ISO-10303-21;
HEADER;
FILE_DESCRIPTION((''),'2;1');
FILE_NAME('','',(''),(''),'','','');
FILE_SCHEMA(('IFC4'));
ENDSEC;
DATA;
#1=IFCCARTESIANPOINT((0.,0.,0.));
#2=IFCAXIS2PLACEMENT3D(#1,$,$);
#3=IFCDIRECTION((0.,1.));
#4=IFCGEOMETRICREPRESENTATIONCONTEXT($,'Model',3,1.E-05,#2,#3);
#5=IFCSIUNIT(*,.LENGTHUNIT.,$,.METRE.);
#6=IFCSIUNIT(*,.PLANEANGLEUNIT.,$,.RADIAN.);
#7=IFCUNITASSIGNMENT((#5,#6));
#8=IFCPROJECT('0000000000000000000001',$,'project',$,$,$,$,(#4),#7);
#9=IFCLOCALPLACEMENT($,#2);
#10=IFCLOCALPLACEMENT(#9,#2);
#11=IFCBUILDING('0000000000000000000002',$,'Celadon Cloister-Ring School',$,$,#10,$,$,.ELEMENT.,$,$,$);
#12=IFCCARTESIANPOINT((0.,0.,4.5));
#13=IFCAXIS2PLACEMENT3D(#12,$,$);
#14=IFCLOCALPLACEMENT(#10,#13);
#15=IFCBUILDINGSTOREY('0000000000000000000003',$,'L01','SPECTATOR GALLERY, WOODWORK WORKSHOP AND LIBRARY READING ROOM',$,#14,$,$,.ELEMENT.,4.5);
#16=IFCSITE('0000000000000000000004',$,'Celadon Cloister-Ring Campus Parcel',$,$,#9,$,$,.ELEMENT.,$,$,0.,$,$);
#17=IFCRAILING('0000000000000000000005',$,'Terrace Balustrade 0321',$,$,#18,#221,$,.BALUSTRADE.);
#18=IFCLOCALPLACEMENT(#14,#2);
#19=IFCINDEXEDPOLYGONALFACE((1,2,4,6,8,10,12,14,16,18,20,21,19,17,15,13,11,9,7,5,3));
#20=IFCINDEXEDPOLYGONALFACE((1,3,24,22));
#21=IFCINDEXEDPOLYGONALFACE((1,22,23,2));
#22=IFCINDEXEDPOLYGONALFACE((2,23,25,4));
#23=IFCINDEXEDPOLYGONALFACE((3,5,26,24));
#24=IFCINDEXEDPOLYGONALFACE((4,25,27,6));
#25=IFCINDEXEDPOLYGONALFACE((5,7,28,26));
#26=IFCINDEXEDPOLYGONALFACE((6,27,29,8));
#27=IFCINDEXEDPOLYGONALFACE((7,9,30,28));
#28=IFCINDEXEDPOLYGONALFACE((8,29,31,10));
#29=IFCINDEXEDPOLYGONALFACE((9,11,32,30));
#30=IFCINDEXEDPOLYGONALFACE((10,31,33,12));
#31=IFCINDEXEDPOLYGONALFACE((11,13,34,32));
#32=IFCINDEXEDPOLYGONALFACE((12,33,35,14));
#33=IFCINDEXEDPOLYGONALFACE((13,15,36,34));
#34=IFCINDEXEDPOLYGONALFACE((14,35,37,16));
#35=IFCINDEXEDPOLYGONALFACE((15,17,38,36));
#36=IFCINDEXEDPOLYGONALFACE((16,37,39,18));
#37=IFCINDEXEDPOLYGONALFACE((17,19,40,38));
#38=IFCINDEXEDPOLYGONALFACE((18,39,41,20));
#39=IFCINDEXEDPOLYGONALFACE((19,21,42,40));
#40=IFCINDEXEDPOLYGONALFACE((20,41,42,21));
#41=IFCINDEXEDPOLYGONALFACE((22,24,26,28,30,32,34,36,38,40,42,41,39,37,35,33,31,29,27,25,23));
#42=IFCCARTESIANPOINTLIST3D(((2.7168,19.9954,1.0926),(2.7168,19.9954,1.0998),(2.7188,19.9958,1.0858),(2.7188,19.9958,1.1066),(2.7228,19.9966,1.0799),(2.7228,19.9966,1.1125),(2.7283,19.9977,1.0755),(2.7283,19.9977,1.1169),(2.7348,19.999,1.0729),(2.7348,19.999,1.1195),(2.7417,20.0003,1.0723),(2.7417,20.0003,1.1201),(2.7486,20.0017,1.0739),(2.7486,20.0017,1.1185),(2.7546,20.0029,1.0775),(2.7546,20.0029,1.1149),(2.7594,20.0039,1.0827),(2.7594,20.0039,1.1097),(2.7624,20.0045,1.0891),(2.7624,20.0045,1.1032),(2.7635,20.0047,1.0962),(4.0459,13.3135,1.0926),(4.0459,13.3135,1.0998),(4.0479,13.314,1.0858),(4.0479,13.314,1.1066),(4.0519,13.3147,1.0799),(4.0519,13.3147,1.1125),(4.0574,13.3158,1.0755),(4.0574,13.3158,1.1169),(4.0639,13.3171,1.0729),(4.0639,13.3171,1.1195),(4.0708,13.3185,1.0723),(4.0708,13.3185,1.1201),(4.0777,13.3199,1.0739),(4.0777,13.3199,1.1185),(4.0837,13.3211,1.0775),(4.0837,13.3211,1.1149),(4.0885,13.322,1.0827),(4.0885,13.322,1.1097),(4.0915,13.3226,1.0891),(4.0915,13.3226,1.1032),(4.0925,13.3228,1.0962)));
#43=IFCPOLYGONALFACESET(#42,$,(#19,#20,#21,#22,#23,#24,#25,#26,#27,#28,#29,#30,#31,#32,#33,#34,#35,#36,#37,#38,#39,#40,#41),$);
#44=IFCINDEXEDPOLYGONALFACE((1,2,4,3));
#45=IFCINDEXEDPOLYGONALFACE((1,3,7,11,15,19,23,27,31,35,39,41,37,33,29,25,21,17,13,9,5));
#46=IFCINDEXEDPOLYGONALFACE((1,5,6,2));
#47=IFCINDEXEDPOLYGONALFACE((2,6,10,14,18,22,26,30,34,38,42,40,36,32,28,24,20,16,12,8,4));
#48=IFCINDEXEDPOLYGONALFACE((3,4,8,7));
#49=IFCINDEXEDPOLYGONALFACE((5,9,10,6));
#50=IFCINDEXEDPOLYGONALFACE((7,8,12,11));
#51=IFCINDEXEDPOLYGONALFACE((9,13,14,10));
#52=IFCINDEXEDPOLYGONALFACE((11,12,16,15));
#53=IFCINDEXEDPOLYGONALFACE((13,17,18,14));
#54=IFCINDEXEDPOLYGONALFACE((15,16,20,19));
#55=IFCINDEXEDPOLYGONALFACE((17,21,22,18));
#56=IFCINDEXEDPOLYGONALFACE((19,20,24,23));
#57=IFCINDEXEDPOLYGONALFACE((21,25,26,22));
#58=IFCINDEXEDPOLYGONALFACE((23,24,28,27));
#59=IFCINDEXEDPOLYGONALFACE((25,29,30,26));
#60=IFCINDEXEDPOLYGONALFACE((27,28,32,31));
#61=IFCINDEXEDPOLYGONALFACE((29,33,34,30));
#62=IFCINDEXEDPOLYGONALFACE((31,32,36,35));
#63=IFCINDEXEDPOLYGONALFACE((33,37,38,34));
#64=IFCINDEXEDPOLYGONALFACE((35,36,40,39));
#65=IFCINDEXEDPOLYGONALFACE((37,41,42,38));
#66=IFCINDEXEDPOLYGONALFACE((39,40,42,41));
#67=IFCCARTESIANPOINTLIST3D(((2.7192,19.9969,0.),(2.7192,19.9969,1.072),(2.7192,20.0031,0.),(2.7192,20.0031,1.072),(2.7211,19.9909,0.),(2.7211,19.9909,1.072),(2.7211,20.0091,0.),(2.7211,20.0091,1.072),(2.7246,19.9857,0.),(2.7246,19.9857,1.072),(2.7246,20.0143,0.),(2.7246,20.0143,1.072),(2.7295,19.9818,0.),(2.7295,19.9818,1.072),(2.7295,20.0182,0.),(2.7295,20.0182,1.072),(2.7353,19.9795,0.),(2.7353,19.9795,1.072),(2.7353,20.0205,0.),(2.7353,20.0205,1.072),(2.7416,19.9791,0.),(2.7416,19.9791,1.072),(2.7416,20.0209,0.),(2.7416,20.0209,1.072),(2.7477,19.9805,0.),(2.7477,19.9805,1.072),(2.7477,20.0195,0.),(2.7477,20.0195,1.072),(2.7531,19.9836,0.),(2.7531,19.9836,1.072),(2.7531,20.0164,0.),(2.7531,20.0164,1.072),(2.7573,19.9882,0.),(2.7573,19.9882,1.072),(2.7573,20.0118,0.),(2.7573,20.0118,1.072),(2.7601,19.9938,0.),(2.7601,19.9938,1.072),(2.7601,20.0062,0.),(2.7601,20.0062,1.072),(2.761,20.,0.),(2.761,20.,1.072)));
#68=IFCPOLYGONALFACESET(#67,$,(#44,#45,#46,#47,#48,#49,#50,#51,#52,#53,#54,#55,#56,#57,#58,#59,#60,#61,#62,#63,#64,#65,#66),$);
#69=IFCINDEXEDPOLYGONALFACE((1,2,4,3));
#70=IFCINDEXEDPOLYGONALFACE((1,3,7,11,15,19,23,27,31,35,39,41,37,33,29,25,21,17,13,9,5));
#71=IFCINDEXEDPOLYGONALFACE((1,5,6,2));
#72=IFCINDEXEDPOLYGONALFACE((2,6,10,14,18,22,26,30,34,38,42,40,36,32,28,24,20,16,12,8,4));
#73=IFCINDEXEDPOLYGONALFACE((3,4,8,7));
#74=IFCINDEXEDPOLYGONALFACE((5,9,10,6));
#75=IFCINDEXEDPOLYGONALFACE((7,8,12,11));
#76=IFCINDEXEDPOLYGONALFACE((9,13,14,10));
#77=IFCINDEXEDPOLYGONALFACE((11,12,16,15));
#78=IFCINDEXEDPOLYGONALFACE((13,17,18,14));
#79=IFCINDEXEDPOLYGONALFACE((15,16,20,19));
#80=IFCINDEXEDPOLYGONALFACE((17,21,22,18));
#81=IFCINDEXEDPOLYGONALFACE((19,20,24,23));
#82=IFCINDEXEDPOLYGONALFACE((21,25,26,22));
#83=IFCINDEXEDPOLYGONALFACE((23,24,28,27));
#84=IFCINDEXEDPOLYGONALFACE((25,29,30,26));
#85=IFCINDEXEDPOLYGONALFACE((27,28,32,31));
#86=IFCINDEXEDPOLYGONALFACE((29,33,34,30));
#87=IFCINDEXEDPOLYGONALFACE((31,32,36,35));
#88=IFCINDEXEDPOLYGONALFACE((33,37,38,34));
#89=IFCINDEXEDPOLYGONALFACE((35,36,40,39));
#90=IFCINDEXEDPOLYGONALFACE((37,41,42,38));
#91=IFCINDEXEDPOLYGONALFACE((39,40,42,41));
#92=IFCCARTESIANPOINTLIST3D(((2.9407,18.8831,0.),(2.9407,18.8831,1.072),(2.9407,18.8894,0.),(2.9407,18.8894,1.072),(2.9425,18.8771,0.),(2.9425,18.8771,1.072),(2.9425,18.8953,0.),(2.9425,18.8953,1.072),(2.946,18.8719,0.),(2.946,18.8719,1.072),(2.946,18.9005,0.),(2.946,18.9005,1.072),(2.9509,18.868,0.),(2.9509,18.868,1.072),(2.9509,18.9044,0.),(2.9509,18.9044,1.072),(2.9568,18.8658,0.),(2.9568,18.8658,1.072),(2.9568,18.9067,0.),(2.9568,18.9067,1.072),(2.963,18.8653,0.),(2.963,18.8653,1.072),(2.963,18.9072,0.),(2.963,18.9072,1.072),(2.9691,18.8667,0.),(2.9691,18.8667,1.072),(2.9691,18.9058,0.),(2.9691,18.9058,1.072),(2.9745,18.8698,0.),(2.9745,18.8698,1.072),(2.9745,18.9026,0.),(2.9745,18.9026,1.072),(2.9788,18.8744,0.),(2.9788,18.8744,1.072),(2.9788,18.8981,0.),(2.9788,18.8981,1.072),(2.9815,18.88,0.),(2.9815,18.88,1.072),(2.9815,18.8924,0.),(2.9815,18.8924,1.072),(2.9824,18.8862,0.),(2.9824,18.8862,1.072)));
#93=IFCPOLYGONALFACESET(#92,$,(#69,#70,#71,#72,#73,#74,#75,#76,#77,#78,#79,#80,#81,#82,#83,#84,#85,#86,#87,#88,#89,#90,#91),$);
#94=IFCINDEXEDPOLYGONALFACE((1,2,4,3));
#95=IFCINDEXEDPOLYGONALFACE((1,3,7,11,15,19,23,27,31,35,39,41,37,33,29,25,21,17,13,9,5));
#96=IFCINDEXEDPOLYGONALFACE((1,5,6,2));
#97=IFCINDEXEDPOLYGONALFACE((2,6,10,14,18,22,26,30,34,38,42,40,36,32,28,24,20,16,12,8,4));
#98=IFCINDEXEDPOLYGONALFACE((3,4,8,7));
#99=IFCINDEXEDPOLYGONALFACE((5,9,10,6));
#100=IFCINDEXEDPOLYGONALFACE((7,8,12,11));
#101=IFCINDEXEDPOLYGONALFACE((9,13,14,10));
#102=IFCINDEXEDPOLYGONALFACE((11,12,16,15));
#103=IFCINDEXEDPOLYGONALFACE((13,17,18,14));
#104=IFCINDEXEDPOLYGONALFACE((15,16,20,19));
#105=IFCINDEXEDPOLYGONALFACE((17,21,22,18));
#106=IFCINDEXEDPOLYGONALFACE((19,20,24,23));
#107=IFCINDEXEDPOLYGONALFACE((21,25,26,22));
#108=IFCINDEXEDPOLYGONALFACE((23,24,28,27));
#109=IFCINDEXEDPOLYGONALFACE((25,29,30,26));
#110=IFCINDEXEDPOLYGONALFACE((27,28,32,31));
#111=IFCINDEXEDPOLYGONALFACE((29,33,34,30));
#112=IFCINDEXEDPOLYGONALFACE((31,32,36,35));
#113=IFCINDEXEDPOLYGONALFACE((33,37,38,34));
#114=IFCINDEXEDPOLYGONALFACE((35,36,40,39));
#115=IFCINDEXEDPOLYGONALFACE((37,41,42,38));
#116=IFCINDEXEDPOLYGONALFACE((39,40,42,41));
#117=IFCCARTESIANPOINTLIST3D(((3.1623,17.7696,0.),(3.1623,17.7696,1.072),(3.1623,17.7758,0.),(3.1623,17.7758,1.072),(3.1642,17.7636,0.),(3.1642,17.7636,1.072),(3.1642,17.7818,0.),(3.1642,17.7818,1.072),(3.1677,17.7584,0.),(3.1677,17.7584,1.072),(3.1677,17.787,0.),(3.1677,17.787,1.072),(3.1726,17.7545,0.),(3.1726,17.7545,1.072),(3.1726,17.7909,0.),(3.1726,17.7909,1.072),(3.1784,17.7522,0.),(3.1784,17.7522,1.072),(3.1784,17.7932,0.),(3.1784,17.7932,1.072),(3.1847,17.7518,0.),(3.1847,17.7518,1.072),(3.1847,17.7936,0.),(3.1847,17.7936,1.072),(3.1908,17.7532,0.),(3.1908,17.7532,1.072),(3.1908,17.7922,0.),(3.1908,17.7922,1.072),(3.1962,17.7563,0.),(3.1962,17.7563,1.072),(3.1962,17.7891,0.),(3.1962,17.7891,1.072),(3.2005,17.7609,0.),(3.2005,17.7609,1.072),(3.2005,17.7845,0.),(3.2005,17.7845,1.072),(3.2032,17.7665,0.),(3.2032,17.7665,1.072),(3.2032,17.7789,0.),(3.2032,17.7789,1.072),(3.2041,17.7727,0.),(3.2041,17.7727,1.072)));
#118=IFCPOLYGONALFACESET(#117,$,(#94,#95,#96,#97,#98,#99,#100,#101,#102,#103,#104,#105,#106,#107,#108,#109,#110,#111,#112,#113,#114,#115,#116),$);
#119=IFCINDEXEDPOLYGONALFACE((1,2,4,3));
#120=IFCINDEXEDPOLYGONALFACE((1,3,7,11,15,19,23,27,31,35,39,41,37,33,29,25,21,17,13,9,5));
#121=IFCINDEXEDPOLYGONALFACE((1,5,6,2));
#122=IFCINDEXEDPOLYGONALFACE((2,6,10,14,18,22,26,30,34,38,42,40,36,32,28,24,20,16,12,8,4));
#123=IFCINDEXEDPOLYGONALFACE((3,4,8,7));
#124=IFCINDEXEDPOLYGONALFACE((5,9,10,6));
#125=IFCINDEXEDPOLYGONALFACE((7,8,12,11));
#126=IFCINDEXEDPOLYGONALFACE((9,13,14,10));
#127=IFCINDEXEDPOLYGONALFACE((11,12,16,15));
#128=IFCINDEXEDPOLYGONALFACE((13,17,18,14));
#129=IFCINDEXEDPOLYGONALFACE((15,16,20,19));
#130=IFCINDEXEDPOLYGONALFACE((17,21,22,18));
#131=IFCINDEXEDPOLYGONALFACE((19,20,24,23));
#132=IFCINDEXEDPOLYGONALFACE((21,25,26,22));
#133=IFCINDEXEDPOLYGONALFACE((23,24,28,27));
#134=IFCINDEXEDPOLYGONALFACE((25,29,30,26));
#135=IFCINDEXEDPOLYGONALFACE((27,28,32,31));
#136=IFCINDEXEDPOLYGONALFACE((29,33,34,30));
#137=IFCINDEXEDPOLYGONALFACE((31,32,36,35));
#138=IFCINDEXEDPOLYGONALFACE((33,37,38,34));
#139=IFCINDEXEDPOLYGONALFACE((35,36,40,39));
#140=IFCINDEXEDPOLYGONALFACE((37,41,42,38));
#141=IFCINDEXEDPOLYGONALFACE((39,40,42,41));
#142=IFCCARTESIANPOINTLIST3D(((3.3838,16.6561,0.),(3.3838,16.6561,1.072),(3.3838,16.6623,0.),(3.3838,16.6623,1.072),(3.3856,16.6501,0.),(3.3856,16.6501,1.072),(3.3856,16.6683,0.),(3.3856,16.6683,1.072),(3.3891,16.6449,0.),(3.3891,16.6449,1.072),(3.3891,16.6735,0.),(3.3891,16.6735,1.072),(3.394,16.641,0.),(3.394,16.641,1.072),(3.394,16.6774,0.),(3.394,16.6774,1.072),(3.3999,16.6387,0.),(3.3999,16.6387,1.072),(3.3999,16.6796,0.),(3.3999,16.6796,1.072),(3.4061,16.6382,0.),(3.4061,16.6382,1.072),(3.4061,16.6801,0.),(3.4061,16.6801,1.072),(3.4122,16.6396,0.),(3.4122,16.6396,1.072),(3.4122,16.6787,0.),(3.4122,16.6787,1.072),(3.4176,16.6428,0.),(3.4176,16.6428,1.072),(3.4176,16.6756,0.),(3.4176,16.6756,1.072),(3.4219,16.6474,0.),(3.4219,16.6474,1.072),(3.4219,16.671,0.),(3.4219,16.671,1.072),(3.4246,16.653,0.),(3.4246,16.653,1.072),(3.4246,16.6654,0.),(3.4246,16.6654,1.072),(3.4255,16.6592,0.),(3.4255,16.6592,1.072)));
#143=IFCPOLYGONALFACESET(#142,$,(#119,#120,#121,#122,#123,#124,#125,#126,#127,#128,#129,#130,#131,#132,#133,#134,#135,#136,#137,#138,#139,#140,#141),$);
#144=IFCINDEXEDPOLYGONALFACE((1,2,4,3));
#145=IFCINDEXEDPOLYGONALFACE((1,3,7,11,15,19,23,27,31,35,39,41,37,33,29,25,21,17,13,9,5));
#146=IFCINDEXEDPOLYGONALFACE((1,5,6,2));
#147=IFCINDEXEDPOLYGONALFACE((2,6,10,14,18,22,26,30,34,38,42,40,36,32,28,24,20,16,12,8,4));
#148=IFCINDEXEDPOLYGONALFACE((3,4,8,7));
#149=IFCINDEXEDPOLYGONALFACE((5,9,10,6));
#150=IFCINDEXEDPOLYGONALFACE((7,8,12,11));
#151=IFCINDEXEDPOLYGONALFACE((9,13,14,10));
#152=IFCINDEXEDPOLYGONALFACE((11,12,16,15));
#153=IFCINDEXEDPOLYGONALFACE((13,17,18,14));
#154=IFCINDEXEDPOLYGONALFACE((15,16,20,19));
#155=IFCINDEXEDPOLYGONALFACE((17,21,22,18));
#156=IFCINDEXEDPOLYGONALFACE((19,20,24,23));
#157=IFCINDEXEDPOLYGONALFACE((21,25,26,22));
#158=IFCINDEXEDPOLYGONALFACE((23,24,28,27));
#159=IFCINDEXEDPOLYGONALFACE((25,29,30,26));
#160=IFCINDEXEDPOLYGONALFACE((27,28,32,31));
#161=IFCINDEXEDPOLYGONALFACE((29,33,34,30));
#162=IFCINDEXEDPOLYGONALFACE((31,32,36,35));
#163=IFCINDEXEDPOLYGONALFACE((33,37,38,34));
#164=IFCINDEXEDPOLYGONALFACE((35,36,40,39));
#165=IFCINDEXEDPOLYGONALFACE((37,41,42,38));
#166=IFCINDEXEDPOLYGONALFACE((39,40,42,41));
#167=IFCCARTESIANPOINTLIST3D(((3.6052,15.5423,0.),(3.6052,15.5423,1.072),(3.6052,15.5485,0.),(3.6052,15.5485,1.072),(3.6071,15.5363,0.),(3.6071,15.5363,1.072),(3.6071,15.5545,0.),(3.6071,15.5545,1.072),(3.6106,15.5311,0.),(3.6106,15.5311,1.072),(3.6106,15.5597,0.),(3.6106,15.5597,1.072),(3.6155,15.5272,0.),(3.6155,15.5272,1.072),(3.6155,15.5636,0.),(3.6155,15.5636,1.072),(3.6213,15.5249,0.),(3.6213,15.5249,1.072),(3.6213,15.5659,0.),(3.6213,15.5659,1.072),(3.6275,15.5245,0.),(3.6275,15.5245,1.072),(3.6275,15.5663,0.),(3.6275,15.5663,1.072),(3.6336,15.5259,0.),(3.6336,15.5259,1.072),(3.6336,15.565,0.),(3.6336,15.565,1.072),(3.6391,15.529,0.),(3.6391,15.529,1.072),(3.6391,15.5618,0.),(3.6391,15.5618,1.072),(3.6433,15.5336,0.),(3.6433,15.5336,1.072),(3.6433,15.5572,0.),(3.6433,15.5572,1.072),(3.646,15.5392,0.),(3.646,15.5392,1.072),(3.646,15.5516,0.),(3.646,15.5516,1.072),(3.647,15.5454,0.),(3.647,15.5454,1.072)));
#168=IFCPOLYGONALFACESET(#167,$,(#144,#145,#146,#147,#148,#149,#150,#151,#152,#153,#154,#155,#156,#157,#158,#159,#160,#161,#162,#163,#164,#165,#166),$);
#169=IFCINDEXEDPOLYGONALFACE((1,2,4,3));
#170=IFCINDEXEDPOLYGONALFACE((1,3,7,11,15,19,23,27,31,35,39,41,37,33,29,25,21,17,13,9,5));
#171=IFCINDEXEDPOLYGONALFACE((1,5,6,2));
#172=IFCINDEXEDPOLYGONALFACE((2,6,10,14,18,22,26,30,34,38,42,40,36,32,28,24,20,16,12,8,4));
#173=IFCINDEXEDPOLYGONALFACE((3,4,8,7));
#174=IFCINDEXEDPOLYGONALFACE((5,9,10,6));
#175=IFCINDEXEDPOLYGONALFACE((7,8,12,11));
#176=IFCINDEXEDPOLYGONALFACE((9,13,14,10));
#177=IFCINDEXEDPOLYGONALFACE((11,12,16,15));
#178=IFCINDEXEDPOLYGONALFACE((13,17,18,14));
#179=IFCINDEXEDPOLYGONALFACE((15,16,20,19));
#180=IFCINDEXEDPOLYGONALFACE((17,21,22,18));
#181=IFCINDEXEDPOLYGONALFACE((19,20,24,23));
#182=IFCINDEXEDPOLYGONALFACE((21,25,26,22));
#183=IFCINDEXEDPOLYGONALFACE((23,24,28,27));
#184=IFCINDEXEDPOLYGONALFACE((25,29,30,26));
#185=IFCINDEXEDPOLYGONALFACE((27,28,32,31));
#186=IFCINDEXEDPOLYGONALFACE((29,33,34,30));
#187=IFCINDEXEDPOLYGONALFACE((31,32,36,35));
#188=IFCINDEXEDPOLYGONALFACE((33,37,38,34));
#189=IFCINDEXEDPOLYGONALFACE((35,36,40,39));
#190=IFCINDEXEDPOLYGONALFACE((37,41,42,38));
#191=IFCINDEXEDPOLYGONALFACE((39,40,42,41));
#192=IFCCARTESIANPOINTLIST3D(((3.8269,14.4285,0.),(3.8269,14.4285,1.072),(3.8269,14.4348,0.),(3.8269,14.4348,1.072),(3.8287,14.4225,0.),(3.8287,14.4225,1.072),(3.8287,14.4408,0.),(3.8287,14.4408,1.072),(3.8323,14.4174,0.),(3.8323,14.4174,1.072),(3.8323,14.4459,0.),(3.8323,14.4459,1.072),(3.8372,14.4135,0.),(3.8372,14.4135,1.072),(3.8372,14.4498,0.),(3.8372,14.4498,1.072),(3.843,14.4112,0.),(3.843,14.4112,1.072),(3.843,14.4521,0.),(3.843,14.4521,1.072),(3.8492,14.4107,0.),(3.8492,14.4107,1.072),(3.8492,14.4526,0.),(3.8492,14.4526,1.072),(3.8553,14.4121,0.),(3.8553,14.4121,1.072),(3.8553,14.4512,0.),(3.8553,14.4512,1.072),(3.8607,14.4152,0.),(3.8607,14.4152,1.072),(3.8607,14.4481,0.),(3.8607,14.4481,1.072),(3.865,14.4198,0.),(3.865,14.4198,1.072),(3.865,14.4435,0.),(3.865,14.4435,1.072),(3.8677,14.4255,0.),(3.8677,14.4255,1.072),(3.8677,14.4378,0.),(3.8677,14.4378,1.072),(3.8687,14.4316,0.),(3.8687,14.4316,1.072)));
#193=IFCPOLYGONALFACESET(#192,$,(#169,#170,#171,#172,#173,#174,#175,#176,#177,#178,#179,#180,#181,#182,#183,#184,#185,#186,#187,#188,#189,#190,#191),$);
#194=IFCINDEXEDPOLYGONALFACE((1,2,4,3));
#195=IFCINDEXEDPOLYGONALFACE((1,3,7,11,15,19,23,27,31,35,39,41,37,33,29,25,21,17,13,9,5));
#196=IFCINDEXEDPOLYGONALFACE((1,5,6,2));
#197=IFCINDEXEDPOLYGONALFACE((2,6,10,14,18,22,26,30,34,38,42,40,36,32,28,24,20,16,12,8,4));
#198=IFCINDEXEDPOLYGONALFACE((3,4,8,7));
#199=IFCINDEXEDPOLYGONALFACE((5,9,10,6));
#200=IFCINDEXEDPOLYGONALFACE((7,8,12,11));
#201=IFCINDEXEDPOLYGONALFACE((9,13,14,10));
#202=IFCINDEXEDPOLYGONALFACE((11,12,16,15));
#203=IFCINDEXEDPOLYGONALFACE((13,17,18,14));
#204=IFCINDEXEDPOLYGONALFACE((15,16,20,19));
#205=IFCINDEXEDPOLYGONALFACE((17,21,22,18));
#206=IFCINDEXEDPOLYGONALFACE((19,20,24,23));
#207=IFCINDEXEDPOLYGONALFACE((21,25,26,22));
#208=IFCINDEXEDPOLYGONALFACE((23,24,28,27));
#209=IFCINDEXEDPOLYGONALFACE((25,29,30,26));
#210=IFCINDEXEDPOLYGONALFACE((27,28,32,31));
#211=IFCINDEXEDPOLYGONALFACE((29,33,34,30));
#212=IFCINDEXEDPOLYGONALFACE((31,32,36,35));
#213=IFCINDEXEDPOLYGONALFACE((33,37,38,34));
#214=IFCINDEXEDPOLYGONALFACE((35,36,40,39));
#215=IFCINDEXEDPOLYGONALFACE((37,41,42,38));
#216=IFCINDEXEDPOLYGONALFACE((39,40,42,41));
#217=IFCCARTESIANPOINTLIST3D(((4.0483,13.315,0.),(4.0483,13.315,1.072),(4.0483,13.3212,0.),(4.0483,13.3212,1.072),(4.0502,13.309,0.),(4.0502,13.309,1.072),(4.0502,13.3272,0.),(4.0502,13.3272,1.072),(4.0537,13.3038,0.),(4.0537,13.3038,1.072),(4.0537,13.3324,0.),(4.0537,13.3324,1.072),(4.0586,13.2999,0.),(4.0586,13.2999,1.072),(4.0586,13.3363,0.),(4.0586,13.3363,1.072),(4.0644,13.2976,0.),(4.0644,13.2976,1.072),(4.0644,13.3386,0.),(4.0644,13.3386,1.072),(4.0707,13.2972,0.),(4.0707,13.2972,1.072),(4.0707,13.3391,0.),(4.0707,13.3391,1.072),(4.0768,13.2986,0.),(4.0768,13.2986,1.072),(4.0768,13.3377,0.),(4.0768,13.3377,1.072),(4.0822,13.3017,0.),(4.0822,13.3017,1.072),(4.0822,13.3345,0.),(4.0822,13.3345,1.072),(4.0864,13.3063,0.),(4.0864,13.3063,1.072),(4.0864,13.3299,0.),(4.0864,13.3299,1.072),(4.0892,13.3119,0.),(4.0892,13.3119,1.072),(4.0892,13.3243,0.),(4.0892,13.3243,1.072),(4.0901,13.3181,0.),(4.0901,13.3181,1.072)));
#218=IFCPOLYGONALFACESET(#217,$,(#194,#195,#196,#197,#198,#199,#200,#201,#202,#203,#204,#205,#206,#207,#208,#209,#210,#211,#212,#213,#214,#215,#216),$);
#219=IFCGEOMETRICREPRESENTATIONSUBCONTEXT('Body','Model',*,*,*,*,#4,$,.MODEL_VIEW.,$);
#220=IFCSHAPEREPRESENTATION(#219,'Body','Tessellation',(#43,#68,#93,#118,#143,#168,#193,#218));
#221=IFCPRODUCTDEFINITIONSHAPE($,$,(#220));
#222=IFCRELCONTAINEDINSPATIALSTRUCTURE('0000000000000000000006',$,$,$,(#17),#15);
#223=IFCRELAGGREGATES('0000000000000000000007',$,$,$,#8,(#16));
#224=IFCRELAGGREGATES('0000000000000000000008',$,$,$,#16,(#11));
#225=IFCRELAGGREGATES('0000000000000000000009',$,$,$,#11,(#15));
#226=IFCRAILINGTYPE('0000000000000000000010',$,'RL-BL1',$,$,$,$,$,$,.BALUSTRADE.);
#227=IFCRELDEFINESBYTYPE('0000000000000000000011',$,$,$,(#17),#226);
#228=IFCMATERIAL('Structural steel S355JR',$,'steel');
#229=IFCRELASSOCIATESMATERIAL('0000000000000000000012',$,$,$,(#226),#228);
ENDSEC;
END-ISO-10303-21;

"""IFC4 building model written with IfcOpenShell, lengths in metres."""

from ifc_helpers import new_model, si_unit, direction, frame, origin, origin_2d, place, context, subcontext, project, spatial, circle, extrude, material, type_object, element, save


model = new_model("IFC4")

# Units and contexts
model_context = context("Model", 3, precision=1e-05, world=origin(), true_north=direction((0.0, 1.0)))
body_context = subcontext(model_context, "Body", "Model", "MODEL_VIEW")
ifc_project = project(units=[si_unit("LENGTHUNIT", "METRE"), si_unit("PLANEANGLEUNIT", "RADIAN")], contexts=[model_context])

# Site, building, storey
site_placement = place(None, origin())
site = spatial("IfcSite", under=ifc_project, at=site_placement, Name="Celadon Cloister-Ring Campus Parcel", CompositionType="ELEMENT", RefElevation=0.0)
building_placement = place(site_placement, origin())
building = spatial("IfcBuilding", under=site, at=building_placement, Name="Celadon Cloister-Ring School", CompositionType="ELEMENT")
storey_placement = place(building_placement, frame((0.0, 0.0, 4.5)))
storey = spatial("IfcBuildingStorey", under=building, at=storey_placement, Name="L01", Description="SPECTATOR GALLERY, WOODWORK WORKSHOP AND LIBRARY READING ROOM", CompositionType="ELEMENT", Elevation=4.5)

# Railing
ifc_material_1 = material(Name="Structural steel S355JR", Category="steel")
railing_type_1 = type_object("IfcRailingType", Name="RL-BL1", PredefinedType="BALUSTRADE", material=ifc_material_1)
railing_1_placement = place(storey_placement, frame((2.74, 20.0, 0.0)))
element("IfcRailing", 1, at=railing_1_placement, inside=storey, type_object=railing_type_1, Name="Terrace Balustrade 0321", PredefinedType="BALUSTRADE", context=body_context, shape_type="SweptSolid", body=[
    extrude(circle(Radius=0.0239, at=origin_2d()), frame((0.0, 0.0, 1.0962), z_axis=(0.195089, -0.980786, 0.0), x_axis=(0.980786, 0.195089, 0.0)), (0.0, 0.0, 1.0), 6.8127),
    extrude(circle(Radius=0.021, at=origin_2d()), origin(), (0.0, 0.0, 1.0), 1.072),
    extrude(circle(Radius=0.021, at=origin_2d()), frame((0.2214, -1.1138, 0.0)), (0.0, 0.0, 1.0), 1.072),
    extrude(circle(Radius=0.021, at=origin_2d()), frame((0.4431, -2.2273, 0.0)), (0.0, 0.0, 1.0), 1.072),
    extrude(circle(Radius=0.021, at=origin_2d()), frame((0.6646, -3.3408, 0.0)), (0.0, 0.0, 1.0), 1.072),
    extrude(circle(Radius=0.021, at=origin_2d()), frame((0.886, -4.4546, 0.0)), (0.0, 0.0, 1.0), 1.072),
    extrude(circle(Radius=0.021, at=origin_2d()), frame((1.1077, -5.5684, 0.0)), (0.0, 0.0, 1.0), 1.072),
    extrude(circle(Radius=0.021, at=origin_2d()), frame((1.3291, -6.6819, 0.0)), (0.0, 0.0, 1.0), 1.072),
])

save(model, "model.ifc")
